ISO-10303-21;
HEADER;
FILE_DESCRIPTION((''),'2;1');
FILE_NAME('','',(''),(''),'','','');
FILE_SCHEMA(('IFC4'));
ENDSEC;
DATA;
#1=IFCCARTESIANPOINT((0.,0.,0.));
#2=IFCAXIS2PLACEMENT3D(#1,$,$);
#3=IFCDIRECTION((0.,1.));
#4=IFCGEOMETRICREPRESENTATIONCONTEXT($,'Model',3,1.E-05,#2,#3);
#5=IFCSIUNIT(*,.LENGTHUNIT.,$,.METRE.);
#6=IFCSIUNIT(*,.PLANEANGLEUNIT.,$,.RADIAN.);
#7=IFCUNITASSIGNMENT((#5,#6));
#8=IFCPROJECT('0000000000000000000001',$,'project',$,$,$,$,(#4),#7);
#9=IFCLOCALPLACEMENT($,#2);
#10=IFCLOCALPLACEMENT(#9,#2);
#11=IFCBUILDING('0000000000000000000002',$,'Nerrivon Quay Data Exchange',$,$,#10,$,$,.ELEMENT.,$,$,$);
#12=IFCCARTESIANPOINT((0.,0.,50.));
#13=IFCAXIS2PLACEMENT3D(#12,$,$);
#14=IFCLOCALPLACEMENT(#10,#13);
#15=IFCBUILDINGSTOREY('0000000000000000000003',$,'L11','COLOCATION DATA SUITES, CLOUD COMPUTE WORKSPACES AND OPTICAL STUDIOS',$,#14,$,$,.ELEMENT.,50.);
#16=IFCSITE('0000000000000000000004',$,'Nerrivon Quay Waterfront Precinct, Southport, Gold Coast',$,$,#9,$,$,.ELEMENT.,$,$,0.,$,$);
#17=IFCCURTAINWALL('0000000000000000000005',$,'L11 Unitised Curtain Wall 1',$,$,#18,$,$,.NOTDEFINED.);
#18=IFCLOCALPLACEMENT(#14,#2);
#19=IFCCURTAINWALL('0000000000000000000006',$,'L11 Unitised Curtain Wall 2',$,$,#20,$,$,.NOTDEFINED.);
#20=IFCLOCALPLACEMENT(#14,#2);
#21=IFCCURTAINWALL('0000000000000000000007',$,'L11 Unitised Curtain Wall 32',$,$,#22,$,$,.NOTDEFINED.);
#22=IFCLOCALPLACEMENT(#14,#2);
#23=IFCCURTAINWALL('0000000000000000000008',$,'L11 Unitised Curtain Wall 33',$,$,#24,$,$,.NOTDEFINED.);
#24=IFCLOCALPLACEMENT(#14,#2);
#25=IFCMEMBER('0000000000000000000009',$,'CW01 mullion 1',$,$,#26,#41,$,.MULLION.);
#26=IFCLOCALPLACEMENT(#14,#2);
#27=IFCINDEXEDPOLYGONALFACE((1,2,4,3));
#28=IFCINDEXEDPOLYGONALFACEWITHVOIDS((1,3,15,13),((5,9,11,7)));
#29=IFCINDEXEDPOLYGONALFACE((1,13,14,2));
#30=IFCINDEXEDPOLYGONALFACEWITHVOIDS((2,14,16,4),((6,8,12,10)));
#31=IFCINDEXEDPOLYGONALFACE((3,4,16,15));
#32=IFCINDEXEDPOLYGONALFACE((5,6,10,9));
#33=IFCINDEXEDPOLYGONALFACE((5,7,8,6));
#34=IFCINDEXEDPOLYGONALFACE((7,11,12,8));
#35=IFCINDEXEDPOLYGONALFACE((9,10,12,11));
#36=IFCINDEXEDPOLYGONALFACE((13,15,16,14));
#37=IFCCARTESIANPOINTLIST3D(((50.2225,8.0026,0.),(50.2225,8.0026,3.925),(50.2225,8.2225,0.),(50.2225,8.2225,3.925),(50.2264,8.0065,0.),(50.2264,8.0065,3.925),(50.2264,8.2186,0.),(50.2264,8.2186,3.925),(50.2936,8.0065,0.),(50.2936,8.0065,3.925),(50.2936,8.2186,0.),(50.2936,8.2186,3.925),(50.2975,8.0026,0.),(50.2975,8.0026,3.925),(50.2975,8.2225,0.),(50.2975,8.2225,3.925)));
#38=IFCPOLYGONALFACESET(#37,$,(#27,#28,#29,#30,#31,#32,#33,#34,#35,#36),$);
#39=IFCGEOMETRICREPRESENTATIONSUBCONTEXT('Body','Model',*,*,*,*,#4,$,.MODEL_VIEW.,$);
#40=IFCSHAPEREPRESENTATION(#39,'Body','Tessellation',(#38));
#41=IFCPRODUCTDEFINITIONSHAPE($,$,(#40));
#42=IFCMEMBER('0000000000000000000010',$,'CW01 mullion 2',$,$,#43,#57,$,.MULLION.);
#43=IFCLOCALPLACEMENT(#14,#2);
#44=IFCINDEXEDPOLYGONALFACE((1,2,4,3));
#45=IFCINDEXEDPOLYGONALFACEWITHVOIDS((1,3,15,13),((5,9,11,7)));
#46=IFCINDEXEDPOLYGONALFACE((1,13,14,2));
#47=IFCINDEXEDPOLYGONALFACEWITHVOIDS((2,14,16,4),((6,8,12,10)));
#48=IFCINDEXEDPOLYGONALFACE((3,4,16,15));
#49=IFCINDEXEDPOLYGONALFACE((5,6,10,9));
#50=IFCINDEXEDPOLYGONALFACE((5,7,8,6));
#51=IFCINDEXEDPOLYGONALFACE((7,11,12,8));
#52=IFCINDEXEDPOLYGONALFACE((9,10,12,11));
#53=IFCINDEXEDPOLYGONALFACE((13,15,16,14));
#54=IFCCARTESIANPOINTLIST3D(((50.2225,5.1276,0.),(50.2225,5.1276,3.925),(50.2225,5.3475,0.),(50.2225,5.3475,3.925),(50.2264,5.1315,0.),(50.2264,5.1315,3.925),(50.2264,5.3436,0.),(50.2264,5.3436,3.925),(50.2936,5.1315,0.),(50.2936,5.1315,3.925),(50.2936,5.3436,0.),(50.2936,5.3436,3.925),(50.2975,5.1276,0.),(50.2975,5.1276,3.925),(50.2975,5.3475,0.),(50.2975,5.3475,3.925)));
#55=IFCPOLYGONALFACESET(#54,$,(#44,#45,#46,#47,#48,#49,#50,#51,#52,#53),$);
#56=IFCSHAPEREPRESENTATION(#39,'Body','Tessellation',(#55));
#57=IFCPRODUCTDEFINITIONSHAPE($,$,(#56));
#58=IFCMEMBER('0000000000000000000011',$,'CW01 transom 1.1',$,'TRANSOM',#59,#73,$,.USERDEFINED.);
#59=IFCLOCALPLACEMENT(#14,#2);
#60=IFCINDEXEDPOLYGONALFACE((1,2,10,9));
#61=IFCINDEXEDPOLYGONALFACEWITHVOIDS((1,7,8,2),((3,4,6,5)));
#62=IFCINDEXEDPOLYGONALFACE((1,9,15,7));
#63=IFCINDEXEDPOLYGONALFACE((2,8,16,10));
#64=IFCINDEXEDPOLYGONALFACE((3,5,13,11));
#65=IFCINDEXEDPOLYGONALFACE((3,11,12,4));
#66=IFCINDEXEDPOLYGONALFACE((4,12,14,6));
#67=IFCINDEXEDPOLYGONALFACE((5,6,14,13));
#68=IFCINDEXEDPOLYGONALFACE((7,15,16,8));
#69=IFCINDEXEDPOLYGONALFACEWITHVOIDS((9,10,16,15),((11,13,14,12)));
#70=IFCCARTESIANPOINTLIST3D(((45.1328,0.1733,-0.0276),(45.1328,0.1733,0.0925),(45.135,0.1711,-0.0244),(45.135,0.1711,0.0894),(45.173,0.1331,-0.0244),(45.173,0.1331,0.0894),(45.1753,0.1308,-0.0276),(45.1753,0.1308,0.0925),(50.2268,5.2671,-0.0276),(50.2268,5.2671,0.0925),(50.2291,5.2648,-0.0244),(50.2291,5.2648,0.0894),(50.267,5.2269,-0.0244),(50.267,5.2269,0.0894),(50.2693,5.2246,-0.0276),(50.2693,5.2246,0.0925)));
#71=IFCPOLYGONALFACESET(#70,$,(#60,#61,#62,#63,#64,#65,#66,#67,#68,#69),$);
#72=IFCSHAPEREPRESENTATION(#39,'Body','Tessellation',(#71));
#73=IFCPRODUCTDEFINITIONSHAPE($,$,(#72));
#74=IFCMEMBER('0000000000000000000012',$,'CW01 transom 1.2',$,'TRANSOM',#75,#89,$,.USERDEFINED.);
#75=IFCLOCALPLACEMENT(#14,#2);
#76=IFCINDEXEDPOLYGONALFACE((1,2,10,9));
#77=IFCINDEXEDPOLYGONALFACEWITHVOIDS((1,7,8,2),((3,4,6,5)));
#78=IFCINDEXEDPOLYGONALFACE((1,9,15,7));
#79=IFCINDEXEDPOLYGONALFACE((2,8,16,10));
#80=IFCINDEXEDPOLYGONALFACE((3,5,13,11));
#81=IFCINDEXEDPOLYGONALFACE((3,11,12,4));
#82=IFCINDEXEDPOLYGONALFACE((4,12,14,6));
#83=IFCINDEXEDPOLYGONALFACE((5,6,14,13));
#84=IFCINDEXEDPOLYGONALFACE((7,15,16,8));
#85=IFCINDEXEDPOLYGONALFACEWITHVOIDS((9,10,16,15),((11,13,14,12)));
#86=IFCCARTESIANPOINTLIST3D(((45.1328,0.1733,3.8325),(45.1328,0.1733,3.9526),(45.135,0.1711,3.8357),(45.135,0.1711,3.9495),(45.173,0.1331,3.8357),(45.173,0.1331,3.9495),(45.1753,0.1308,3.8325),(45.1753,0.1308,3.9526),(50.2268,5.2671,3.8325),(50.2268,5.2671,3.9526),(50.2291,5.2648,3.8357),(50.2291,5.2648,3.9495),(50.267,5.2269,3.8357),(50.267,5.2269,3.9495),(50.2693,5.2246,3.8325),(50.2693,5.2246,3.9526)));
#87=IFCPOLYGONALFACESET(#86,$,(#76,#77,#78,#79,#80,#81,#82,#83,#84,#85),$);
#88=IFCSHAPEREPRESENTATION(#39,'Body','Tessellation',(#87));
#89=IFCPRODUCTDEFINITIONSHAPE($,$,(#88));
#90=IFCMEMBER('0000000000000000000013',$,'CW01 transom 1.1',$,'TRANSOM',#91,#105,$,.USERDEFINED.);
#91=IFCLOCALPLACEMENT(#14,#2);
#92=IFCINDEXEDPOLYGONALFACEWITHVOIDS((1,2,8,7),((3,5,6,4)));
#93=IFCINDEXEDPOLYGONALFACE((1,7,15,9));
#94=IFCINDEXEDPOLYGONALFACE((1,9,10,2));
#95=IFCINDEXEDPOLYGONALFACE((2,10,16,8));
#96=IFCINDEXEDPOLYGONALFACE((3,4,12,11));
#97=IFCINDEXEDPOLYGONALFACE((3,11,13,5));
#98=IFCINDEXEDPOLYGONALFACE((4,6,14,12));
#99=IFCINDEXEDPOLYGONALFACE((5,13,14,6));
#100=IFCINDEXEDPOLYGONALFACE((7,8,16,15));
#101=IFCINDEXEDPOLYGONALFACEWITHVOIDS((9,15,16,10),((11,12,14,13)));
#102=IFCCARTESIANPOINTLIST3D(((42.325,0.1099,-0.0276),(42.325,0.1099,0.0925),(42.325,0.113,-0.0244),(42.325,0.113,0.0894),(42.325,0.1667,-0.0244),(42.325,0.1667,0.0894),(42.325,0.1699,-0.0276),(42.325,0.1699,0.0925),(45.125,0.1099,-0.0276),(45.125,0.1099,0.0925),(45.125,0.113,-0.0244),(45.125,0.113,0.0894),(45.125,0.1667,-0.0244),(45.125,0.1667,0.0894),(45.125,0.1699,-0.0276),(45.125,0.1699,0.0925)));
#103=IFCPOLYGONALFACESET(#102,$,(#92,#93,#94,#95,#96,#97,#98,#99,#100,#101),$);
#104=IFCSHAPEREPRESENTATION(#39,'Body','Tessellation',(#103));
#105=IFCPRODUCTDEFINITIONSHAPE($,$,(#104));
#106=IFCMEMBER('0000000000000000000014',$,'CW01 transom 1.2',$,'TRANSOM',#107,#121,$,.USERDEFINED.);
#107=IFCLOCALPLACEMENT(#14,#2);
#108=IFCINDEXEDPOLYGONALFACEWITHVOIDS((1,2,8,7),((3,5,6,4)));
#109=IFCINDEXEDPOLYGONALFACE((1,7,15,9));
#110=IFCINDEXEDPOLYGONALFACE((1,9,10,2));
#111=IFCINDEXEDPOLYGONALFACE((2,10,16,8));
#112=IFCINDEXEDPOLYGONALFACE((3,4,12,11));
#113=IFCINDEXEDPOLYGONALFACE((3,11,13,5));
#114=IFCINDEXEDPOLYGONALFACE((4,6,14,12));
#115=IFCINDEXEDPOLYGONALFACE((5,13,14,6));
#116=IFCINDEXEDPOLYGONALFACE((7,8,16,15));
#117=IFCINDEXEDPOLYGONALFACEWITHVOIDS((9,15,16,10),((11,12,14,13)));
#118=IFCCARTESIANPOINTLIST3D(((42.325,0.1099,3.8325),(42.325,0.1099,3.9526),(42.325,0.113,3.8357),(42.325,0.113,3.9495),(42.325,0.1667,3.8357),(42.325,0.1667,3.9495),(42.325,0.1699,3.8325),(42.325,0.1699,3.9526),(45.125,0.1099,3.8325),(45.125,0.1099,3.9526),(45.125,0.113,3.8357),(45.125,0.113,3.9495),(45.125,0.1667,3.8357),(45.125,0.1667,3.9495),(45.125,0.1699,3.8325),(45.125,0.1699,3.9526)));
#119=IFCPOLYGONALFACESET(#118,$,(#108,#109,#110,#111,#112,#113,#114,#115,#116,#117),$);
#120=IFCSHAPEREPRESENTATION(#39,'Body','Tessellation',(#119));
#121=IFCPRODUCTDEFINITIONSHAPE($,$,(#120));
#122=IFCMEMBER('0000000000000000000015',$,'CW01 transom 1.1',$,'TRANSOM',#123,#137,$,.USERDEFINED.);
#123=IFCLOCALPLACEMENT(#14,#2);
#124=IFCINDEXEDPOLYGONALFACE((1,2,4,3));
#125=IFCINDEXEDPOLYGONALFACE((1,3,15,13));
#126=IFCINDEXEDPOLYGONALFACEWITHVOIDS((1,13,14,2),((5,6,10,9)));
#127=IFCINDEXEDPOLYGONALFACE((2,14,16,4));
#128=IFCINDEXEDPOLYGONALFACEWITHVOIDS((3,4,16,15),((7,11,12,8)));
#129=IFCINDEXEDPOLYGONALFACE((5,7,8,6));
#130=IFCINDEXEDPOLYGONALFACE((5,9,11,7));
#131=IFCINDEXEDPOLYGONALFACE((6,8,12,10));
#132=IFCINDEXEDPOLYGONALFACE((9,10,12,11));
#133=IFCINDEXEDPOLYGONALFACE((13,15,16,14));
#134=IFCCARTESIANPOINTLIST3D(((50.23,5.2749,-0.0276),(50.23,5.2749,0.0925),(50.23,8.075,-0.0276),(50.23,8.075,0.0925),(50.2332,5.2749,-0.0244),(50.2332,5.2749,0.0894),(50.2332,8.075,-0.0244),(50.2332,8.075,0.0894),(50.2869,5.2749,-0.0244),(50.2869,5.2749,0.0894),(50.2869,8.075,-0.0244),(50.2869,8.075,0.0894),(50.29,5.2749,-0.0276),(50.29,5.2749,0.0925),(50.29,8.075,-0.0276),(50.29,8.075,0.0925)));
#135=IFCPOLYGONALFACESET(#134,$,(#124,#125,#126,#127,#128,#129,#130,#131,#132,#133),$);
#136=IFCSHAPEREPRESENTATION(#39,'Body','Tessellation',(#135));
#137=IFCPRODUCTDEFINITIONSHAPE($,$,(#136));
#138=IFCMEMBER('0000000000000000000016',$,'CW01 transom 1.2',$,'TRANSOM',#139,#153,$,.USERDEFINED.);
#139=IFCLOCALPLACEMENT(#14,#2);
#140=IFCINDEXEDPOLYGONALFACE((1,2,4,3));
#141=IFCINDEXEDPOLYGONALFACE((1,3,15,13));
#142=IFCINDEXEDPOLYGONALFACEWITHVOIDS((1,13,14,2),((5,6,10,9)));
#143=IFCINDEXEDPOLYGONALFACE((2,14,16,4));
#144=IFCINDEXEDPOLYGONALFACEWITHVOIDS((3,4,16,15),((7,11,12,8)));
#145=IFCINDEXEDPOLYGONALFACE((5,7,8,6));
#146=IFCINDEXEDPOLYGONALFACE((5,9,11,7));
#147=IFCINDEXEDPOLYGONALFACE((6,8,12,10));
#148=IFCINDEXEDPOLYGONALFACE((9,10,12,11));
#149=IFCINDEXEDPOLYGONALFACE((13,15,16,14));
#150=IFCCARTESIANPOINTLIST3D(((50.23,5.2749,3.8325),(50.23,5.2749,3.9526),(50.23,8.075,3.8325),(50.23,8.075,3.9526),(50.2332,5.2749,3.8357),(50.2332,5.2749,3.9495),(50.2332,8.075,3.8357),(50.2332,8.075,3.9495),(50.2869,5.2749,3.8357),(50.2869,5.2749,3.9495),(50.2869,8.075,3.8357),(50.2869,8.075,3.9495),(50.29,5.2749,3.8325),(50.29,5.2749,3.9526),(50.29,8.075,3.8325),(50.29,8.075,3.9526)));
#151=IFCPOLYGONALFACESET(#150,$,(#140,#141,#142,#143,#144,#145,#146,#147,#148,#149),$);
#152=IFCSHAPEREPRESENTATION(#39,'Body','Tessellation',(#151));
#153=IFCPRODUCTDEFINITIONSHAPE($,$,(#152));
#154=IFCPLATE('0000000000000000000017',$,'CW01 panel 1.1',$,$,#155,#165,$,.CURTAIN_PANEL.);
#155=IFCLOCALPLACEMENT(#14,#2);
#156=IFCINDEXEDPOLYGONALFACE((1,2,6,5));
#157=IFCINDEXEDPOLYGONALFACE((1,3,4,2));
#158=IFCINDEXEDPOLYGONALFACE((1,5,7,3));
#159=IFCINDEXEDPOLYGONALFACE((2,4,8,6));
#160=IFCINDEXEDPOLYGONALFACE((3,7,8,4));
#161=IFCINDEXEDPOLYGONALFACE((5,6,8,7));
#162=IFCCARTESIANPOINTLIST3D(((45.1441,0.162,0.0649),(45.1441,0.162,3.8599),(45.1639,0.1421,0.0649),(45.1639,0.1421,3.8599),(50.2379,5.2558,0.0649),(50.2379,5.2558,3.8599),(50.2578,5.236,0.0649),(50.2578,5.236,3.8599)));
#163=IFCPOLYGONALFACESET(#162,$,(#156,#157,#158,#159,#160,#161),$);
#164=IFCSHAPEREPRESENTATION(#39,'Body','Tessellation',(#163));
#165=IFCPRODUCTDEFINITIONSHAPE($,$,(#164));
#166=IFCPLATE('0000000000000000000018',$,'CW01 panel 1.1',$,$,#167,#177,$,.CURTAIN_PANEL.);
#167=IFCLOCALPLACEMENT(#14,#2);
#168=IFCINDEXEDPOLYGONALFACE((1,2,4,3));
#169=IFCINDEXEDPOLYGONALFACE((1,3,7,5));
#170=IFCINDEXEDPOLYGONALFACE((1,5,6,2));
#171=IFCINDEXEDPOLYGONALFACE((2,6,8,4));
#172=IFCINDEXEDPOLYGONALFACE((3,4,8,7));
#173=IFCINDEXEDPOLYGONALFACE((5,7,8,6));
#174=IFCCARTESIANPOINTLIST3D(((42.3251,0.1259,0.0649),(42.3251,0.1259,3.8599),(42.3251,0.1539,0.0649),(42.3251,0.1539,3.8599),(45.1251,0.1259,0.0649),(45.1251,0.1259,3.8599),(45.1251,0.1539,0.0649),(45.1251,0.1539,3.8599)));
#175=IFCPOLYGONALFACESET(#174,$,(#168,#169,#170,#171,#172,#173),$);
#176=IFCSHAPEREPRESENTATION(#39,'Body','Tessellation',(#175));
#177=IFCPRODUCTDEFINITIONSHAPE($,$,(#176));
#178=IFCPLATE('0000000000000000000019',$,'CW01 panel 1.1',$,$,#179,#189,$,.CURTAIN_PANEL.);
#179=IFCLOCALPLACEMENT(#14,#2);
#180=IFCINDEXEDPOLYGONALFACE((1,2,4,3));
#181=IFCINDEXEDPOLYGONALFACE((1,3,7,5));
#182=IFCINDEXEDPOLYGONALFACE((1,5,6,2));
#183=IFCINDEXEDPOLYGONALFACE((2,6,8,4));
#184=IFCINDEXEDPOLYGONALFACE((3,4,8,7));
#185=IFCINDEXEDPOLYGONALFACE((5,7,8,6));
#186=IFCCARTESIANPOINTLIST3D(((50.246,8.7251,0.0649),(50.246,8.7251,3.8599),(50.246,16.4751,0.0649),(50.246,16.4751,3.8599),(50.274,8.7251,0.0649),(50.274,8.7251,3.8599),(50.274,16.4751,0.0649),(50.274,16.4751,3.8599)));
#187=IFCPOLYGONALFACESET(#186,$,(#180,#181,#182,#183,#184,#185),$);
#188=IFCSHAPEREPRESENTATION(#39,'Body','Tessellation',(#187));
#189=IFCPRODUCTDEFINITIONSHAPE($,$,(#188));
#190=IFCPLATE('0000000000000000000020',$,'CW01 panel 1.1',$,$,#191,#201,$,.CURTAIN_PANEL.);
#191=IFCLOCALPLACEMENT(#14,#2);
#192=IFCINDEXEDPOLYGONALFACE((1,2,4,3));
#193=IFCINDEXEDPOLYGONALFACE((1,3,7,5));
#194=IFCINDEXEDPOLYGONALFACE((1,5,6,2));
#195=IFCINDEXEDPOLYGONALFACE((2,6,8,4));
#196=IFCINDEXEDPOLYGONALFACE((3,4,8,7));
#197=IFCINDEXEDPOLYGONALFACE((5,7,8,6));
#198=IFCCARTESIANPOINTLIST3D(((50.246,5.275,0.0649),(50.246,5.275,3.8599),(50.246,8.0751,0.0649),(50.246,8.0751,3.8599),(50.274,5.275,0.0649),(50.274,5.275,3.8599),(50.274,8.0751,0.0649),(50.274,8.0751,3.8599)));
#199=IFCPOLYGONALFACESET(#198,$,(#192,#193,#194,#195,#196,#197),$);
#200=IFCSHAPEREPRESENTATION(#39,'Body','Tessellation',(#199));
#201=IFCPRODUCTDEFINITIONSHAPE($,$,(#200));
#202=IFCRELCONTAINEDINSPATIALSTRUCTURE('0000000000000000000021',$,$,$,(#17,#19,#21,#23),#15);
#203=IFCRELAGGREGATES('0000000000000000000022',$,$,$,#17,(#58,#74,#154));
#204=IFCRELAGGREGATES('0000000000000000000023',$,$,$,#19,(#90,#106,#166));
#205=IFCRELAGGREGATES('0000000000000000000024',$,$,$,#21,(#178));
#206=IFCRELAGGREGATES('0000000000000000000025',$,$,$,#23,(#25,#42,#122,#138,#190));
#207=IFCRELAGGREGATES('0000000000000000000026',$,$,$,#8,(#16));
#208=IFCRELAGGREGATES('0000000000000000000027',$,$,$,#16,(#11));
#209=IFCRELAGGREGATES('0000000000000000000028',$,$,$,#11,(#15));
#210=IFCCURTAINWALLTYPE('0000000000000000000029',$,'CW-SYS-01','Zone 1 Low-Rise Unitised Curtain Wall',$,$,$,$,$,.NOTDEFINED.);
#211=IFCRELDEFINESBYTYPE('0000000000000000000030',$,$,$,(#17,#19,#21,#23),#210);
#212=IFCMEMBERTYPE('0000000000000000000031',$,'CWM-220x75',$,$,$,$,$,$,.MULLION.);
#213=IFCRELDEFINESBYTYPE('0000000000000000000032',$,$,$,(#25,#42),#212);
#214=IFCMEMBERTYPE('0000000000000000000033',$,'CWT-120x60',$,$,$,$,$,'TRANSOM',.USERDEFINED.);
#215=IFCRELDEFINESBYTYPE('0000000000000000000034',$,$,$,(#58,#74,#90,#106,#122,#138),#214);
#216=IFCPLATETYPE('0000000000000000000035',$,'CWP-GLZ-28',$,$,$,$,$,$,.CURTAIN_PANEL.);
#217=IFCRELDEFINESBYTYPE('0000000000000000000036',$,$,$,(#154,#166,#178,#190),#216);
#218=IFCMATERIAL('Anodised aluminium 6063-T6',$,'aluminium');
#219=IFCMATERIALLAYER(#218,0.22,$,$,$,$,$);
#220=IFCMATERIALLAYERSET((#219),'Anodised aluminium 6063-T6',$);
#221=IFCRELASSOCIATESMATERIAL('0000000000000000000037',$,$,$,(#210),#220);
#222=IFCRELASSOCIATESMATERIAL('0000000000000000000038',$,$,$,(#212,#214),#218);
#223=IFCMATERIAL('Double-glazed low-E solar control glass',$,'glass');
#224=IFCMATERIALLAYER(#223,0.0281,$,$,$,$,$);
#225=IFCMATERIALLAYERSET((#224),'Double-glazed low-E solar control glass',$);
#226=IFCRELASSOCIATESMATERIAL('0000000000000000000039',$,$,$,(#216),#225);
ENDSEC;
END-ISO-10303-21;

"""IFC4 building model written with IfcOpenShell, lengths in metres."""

from ifc_helpers import new_model, si_unit, direction, frame, origin, origin_2d, place, context, subcontext, project, spatial, rectangle, hollow_rectangle, extrude, material, layer, layer_set, material_profile, profile_set, type_object, element, aggregate, save


model = new_model("IFC4")

# Units and contexts
model_context = context("Model", 3, precision=1e-05, world=origin(), true_north=direction((0.0, 1.0)))
body_context = subcontext(model_context, "Body", "Model", "MODEL_VIEW")
ifc_project = project(units=[si_unit("LENGTHUNIT", "METRE"), si_unit("PLANEANGLEUNIT", "RADIAN")], contexts=[model_context])

# Site, building, storey
site_placement = place(None, origin())
site = spatial("IfcSite", under=ifc_project, at=site_placement, Name="Nerrivon Quay Waterfront Precinct, Southport, Gold Coast", CompositionType="ELEMENT", RefElevation=0.0)
building_placement = place(site_placement, origin())
building = spatial("IfcBuilding", under=site, at=building_placement, Name="Nerrivon Quay Data Exchange", CompositionType="ELEMENT")
storey_placement = place(building_placement, frame((0.0, 0.0, 50.0)))
storey = spatial("IfcBuildingStorey", under=building, at=storey_placement, Name="L11", Description="COLOCATION DATA SUITES, CLOUD COMPUTE WORKSPACES AND OPTICAL STUDIOS", CompositionType="ELEMENT", Elevation=50.0)

# Curtain walls
ifc_material_1 = material(Name="Anodised aluminium 6063-T6", Category="aluminium")
ifc_layer_1 = layer(ifc_material_1, 0.22)
ifc_layer_set_1 = layer_set([ifc_layer_1], Name="Anodised aluminium 6063-T6")
curtain_wall_type = type_object("IfcCurtainWallType", Name="CW-SYS-01", Description="Zone 1 Low-Rise Unitised Curtain Wall", PredefinedType="NOTDEFINED", material=ifc_layer_set_1)
curtain_wall_1_placement = place(storey_placement, origin())
curtain_wall_1 = element("IfcCurtainWall", 1, at=curtain_wall_1_placement, inside=storey, type_object=curtain_wall_type, Name="L11 Unitised Curtain Wall 1", PredefinedType="NOTDEFINED")
ifc_material_profile_1 = material_profile(ifc_material_1, hollow_rectangle(XDim=0.075, YDim=0.22, WallThickness=0.0039, at=origin_2d()), Name="ALU-MULL-220x75")
ifc_profile_set_1 = profile_set([ifc_material_profile_1], Name="Anodised aluminium 6063-T6")
member_type_1 = type_object("IfcMemberType", Name="CWM-220x75", PredefinedType="MULLION", material=ifc_profile_set_1)
curtain_wall_2_placement = place(storey_placement, origin())
curtain_wall_2 = element("IfcCurtainWall", 2, at=curtain_wall_2_placement, inside=storey, type_object=curtain_wall_type, Name="L11 Unitised Curtain Wall 2", PredefinedType="NOTDEFINED")

# Curtain wall
curtain_wall_3_placement = place(storey_placement, origin())
curtain_wall_3 = element("IfcCurtainWall", 3, at=curtain_wall_3_placement, inside=storey, type_object=curtain_wall_type, Name="L11 Unitised Curtain Wall 32", PredefinedType="NOTDEFINED")

# Curtain wall, members
curtain_wall_4_placement = place(storey_placement, origin())
curtain_wall_4 = element("IfcCurtainWall", 4, at=curtain_wall_4_placement, inside=storey, type_object=curtain_wall_type, Name="L11 Unitised Curtain Wall 33", PredefinedType="NOTDEFINED")
member_1_placement = place(storey_placement, frame((50.26, 8.1125, 0.0), z_axis=(0.0, 0.0, 1.0), x_axis=(1.0, 0.0, 0.0)))
member_1 = element("IfcMember", 5, at=member_1_placement, type_object=member_type_1, Name="CW01 mullion 1", PredefinedType="MULLION", context=body_context, shape_type="SweptSolid", body=[
    extrude(hollow_rectangle(XDim=0.075, YDim=0.22, WallThickness=0.0039, at=origin_2d()), origin(), (0.0, 0.0, 1.0), 3.925),
])
member_2_placement = place(storey_placement, frame((50.26, 5.2375, 0.0), z_axis=(0.0, 0.0, 1.0), x_axis=(1.0, 0.0, 0.0)))
member_2 = element("IfcMember", 6, at=member_2_placement, type_object=member_type_1, Name="CW01 mullion 2", PredefinedType="MULLION", context=body_context, shape_type="SweptSolid", body=[
    extrude(hollow_rectangle(XDim=0.075, YDim=0.22, WallThickness=0.0039, at=origin_2d()), origin(), (0.0, 0.0, 1.0), 3.925),
])

# Members
ifc_material_profile_2 = material_profile(ifc_material_1, hollow_rectangle(XDim=0.0601, YDim=0.1201, WallThickness=0.0032, at=origin_2d()), Name="ALU-TRAN-120x60")
ifc_profile_set_2 = profile_set([ifc_material_profile_2], Name="Anodised aluminium 6063-T6")
member_type_2 = type_object("IfcMemberType", Name="CWT-120x60", ElementType="TRANSOM", PredefinedType="USERDEFINED", material=ifc_profile_set_2)
member_3_placement = place(storey_placement, frame((50.248, 5.2458, 0.0325), z_axis=(-0.707124, -0.70709, 0.0), x_axis=(0.70709, -0.707124, 0.0)))
member_3 = element("IfcMember", 7, at=member_3_placement, type_object=member_type_2, Name="CW01 transom 1.1", ObjectType="TRANSOM", PredefinedType="USERDEFINED", context=body_context, shape_type="SweptSolid", body=[
    extrude(hollow_rectangle(XDim=0.0601, YDim=0.1201, WallThickness=0.0032, at=origin_2d()), origin(), (0.0, 0.0, 1.0), 7.2039),
])
member_4_placement = place(storey_placement, frame((50.248, 5.2458, 3.8926), z_axis=(-0.707124, -0.70709, 0.0), x_axis=(0.70709, -0.707124, 0.0)))
member_4 = element("IfcMember", 8, at=member_4_placement, type_object=member_type_2, Name="CW01 transom 1.2", ObjectType="TRANSOM", PredefinedType="USERDEFINED", context=body_context, shape_type="SweptSolid", body=[
    extrude(hollow_rectangle(XDim=0.0601, YDim=0.1201, WallThickness=0.0032, at=origin_2d()), origin(), (0.0, 0.0, 1.0), 7.2039),
])
member_5_placement = place(storey_placement, frame((45.125, 0.1399, 0.0325), z_axis=(-1.0, 0.0, 0.0), x_axis=(0.0, -1.0, 0.0)))
member_5 = element("IfcMember", 9, at=member_5_placement, type_object=member_type_2, Name="CW01 transom 1.1", ObjectType="TRANSOM", PredefinedType="USERDEFINED", context=body_context, shape_type="SweptSolid", body=[
    extrude(hollow_rectangle(XDim=0.0601, YDim=0.1201, WallThickness=0.0032, at=origin_2d()), origin(), (0.0, 0.0, 1.0), 2.8),
])
member_6_placement = place(storey_placement, frame((45.125, 0.1399, 3.8926), z_axis=(-1.0, 0.0, 0.0), x_axis=(0.0, -1.0, 0.0)))
member_6 = element("IfcMember", 10, at=member_6_placement, type_object=member_type_2, Name="CW01 transom 1.2", ObjectType="TRANSOM", PredefinedType="USERDEFINED", context=body_context, shape_type="SweptSolid", body=[
    extrude(hollow_rectangle(XDim=0.0601, YDim=0.1201, WallThickness=0.0032, at=origin_2d()), origin(), (0.0, 0.0, 1.0), 2.8),
])
member_7_placement = place(storey_placement, frame((50.26, 8.075, 0.0325), z_axis=(0.0, -1.0, 0.0), x_axis=(1.0, 0.0, 0.0)))
member_7 = element("IfcMember", 11, at=member_7_placement, type_object=member_type_2, Name="CW01 transom 1.1", ObjectType="TRANSOM", PredefinedType="USERDEFINED", context=body_context, shape_type="SweptSolid", body=[
    extrude(hollow_rectangle(XDim=0.0601, YDim=0.1201, WallThickness=0.0032, at=origin_2d()), origin(), (0.0, 0.0, 1.0), 2.8),
])
member_8_placement = place(storey_placement, frame((50.26, 8.075, 3.8926), z_axis=(0.0, -1.0, 0.0), x_axis=(1.0, 0.0, 0.0)))
member_8 = element("IfcMember", 12, at=member_8_placement, type_object=member_type_2, Name="CW01 transom 1.2", ObjectType="TRANSOM", PredefinedType="USERDEFINED", context=body_context, shape_type="SweptSolid", body=[
    extrude(hollow_rectangle(XDim=0.0601, YDim=0.1201, WallThickness=0.0032, at=origin_2d()), origin(), (0.0, 0.0, 1.0), 2.8),
])

# Plates
ifc_material_2 = material(Name="Double-glazed low-E solar control glass", Category="glass")
ifc_layer_2 = layer(ifc_material_2, 0.0281)
ifc_layer_set_2 = layer_set([ifc_layer_2], Name="Double-glazed low-E solar control glass")
plate_type = type_object("IfcPlateType", Name="CWP-GLZ-28", PredefinedType="CURTAIN_PANEL", material=ifc_layer_set_2)
plate_1_placement = place(storey_placement, frame((47.7009, 2.699, 0.0649), z_axis=(0.0, 0.0, 1.0), x_axis=(-0.707107, -0.707107, 0.0)))
plate_1 = element("IfcPlate", 13, at=plate_1_placement, type_object=plate_type, Name="CW01 panel 1.1", PredefinedType="CURTAIN_PANEL", context=body_context, shape_type="SweptSolid", body=[
    extrude(rectangle(XDim=7.2039, YDim=0.0281, at=origin_2d()), origin(), (0.0, 0.0, 1.0), 3.7949),
])
aggregate(curtain_wall_1, [member_3, member_4, plate_1])
plate_2_placement = place(storey_placement, frame((43.7251, 0.1399, 0.0649), z_axis=(0.0, 0.0, 1.0), x_axis=(-1.0, 0.0, 0.0)))
plate_2 = element("IfcPlate", 14, at=plate_2_placement, type_object=plate_type, Name="CW01 panel 1.1", PredefinedType="CURTAIN_PANEL", context=body_context, shape_type="SweptSolid", body=[
    extrude(rectangle(XDim=2.8, YDim=0.0281, at=origin_2d()), origin(), (0.0, 0.0, 1.0), 3.7949),
])
aggregate(curtain_wall_2, [member_5, member_6, plate_2])
plate_3_placement = place(storey_placement, frame((50.26, 12.6001, 0.0649), z_axis=(0.0, 0.0, 1.0), x_axis=(0.0, -1.0, 0.0)))
plate_3 = element("IfcPlate", 15, at=plate_3_placement, type_object=plate_type, Name="CW01 panel 1.1", PredefinedType="CURTAIN_PANEL", context=body_context, shape_type="SweptSolid", body=[
    extrude(rectangle(XDim=7.75, YDim=0.0281, at=origin_2d()), origin(), (0.0, 0.0, 1.0), 3.7949),
])
aggregate(curtain_wall_3, [plate_3])
plate_4_placement = place(storey_placement, frame((50.26, 6.675, 0.0649), z_axis=(0.0, 0.0, 1.0), x_axis=(0.0, -1.0, 0.0)))
plate_4 = element("IfcPlate", 16, at=plate_4_placement, type_object=plate_type, Name="CW01 panel 1.1", PredefinedType="CURTAIN_PANEL", context=body_context, shape_type="SweptSolid", body=[
    extrude(rectangle(XDim=2.8, YDim=0.0281, at=origin_2d()), origin(), (0.0, 0.0, 1.0), 3.7949),
])
aggregate(curtain_wall_4, [member_1, member_2, member_7, member_8, plate_4])

save(model, "model.ifc")
